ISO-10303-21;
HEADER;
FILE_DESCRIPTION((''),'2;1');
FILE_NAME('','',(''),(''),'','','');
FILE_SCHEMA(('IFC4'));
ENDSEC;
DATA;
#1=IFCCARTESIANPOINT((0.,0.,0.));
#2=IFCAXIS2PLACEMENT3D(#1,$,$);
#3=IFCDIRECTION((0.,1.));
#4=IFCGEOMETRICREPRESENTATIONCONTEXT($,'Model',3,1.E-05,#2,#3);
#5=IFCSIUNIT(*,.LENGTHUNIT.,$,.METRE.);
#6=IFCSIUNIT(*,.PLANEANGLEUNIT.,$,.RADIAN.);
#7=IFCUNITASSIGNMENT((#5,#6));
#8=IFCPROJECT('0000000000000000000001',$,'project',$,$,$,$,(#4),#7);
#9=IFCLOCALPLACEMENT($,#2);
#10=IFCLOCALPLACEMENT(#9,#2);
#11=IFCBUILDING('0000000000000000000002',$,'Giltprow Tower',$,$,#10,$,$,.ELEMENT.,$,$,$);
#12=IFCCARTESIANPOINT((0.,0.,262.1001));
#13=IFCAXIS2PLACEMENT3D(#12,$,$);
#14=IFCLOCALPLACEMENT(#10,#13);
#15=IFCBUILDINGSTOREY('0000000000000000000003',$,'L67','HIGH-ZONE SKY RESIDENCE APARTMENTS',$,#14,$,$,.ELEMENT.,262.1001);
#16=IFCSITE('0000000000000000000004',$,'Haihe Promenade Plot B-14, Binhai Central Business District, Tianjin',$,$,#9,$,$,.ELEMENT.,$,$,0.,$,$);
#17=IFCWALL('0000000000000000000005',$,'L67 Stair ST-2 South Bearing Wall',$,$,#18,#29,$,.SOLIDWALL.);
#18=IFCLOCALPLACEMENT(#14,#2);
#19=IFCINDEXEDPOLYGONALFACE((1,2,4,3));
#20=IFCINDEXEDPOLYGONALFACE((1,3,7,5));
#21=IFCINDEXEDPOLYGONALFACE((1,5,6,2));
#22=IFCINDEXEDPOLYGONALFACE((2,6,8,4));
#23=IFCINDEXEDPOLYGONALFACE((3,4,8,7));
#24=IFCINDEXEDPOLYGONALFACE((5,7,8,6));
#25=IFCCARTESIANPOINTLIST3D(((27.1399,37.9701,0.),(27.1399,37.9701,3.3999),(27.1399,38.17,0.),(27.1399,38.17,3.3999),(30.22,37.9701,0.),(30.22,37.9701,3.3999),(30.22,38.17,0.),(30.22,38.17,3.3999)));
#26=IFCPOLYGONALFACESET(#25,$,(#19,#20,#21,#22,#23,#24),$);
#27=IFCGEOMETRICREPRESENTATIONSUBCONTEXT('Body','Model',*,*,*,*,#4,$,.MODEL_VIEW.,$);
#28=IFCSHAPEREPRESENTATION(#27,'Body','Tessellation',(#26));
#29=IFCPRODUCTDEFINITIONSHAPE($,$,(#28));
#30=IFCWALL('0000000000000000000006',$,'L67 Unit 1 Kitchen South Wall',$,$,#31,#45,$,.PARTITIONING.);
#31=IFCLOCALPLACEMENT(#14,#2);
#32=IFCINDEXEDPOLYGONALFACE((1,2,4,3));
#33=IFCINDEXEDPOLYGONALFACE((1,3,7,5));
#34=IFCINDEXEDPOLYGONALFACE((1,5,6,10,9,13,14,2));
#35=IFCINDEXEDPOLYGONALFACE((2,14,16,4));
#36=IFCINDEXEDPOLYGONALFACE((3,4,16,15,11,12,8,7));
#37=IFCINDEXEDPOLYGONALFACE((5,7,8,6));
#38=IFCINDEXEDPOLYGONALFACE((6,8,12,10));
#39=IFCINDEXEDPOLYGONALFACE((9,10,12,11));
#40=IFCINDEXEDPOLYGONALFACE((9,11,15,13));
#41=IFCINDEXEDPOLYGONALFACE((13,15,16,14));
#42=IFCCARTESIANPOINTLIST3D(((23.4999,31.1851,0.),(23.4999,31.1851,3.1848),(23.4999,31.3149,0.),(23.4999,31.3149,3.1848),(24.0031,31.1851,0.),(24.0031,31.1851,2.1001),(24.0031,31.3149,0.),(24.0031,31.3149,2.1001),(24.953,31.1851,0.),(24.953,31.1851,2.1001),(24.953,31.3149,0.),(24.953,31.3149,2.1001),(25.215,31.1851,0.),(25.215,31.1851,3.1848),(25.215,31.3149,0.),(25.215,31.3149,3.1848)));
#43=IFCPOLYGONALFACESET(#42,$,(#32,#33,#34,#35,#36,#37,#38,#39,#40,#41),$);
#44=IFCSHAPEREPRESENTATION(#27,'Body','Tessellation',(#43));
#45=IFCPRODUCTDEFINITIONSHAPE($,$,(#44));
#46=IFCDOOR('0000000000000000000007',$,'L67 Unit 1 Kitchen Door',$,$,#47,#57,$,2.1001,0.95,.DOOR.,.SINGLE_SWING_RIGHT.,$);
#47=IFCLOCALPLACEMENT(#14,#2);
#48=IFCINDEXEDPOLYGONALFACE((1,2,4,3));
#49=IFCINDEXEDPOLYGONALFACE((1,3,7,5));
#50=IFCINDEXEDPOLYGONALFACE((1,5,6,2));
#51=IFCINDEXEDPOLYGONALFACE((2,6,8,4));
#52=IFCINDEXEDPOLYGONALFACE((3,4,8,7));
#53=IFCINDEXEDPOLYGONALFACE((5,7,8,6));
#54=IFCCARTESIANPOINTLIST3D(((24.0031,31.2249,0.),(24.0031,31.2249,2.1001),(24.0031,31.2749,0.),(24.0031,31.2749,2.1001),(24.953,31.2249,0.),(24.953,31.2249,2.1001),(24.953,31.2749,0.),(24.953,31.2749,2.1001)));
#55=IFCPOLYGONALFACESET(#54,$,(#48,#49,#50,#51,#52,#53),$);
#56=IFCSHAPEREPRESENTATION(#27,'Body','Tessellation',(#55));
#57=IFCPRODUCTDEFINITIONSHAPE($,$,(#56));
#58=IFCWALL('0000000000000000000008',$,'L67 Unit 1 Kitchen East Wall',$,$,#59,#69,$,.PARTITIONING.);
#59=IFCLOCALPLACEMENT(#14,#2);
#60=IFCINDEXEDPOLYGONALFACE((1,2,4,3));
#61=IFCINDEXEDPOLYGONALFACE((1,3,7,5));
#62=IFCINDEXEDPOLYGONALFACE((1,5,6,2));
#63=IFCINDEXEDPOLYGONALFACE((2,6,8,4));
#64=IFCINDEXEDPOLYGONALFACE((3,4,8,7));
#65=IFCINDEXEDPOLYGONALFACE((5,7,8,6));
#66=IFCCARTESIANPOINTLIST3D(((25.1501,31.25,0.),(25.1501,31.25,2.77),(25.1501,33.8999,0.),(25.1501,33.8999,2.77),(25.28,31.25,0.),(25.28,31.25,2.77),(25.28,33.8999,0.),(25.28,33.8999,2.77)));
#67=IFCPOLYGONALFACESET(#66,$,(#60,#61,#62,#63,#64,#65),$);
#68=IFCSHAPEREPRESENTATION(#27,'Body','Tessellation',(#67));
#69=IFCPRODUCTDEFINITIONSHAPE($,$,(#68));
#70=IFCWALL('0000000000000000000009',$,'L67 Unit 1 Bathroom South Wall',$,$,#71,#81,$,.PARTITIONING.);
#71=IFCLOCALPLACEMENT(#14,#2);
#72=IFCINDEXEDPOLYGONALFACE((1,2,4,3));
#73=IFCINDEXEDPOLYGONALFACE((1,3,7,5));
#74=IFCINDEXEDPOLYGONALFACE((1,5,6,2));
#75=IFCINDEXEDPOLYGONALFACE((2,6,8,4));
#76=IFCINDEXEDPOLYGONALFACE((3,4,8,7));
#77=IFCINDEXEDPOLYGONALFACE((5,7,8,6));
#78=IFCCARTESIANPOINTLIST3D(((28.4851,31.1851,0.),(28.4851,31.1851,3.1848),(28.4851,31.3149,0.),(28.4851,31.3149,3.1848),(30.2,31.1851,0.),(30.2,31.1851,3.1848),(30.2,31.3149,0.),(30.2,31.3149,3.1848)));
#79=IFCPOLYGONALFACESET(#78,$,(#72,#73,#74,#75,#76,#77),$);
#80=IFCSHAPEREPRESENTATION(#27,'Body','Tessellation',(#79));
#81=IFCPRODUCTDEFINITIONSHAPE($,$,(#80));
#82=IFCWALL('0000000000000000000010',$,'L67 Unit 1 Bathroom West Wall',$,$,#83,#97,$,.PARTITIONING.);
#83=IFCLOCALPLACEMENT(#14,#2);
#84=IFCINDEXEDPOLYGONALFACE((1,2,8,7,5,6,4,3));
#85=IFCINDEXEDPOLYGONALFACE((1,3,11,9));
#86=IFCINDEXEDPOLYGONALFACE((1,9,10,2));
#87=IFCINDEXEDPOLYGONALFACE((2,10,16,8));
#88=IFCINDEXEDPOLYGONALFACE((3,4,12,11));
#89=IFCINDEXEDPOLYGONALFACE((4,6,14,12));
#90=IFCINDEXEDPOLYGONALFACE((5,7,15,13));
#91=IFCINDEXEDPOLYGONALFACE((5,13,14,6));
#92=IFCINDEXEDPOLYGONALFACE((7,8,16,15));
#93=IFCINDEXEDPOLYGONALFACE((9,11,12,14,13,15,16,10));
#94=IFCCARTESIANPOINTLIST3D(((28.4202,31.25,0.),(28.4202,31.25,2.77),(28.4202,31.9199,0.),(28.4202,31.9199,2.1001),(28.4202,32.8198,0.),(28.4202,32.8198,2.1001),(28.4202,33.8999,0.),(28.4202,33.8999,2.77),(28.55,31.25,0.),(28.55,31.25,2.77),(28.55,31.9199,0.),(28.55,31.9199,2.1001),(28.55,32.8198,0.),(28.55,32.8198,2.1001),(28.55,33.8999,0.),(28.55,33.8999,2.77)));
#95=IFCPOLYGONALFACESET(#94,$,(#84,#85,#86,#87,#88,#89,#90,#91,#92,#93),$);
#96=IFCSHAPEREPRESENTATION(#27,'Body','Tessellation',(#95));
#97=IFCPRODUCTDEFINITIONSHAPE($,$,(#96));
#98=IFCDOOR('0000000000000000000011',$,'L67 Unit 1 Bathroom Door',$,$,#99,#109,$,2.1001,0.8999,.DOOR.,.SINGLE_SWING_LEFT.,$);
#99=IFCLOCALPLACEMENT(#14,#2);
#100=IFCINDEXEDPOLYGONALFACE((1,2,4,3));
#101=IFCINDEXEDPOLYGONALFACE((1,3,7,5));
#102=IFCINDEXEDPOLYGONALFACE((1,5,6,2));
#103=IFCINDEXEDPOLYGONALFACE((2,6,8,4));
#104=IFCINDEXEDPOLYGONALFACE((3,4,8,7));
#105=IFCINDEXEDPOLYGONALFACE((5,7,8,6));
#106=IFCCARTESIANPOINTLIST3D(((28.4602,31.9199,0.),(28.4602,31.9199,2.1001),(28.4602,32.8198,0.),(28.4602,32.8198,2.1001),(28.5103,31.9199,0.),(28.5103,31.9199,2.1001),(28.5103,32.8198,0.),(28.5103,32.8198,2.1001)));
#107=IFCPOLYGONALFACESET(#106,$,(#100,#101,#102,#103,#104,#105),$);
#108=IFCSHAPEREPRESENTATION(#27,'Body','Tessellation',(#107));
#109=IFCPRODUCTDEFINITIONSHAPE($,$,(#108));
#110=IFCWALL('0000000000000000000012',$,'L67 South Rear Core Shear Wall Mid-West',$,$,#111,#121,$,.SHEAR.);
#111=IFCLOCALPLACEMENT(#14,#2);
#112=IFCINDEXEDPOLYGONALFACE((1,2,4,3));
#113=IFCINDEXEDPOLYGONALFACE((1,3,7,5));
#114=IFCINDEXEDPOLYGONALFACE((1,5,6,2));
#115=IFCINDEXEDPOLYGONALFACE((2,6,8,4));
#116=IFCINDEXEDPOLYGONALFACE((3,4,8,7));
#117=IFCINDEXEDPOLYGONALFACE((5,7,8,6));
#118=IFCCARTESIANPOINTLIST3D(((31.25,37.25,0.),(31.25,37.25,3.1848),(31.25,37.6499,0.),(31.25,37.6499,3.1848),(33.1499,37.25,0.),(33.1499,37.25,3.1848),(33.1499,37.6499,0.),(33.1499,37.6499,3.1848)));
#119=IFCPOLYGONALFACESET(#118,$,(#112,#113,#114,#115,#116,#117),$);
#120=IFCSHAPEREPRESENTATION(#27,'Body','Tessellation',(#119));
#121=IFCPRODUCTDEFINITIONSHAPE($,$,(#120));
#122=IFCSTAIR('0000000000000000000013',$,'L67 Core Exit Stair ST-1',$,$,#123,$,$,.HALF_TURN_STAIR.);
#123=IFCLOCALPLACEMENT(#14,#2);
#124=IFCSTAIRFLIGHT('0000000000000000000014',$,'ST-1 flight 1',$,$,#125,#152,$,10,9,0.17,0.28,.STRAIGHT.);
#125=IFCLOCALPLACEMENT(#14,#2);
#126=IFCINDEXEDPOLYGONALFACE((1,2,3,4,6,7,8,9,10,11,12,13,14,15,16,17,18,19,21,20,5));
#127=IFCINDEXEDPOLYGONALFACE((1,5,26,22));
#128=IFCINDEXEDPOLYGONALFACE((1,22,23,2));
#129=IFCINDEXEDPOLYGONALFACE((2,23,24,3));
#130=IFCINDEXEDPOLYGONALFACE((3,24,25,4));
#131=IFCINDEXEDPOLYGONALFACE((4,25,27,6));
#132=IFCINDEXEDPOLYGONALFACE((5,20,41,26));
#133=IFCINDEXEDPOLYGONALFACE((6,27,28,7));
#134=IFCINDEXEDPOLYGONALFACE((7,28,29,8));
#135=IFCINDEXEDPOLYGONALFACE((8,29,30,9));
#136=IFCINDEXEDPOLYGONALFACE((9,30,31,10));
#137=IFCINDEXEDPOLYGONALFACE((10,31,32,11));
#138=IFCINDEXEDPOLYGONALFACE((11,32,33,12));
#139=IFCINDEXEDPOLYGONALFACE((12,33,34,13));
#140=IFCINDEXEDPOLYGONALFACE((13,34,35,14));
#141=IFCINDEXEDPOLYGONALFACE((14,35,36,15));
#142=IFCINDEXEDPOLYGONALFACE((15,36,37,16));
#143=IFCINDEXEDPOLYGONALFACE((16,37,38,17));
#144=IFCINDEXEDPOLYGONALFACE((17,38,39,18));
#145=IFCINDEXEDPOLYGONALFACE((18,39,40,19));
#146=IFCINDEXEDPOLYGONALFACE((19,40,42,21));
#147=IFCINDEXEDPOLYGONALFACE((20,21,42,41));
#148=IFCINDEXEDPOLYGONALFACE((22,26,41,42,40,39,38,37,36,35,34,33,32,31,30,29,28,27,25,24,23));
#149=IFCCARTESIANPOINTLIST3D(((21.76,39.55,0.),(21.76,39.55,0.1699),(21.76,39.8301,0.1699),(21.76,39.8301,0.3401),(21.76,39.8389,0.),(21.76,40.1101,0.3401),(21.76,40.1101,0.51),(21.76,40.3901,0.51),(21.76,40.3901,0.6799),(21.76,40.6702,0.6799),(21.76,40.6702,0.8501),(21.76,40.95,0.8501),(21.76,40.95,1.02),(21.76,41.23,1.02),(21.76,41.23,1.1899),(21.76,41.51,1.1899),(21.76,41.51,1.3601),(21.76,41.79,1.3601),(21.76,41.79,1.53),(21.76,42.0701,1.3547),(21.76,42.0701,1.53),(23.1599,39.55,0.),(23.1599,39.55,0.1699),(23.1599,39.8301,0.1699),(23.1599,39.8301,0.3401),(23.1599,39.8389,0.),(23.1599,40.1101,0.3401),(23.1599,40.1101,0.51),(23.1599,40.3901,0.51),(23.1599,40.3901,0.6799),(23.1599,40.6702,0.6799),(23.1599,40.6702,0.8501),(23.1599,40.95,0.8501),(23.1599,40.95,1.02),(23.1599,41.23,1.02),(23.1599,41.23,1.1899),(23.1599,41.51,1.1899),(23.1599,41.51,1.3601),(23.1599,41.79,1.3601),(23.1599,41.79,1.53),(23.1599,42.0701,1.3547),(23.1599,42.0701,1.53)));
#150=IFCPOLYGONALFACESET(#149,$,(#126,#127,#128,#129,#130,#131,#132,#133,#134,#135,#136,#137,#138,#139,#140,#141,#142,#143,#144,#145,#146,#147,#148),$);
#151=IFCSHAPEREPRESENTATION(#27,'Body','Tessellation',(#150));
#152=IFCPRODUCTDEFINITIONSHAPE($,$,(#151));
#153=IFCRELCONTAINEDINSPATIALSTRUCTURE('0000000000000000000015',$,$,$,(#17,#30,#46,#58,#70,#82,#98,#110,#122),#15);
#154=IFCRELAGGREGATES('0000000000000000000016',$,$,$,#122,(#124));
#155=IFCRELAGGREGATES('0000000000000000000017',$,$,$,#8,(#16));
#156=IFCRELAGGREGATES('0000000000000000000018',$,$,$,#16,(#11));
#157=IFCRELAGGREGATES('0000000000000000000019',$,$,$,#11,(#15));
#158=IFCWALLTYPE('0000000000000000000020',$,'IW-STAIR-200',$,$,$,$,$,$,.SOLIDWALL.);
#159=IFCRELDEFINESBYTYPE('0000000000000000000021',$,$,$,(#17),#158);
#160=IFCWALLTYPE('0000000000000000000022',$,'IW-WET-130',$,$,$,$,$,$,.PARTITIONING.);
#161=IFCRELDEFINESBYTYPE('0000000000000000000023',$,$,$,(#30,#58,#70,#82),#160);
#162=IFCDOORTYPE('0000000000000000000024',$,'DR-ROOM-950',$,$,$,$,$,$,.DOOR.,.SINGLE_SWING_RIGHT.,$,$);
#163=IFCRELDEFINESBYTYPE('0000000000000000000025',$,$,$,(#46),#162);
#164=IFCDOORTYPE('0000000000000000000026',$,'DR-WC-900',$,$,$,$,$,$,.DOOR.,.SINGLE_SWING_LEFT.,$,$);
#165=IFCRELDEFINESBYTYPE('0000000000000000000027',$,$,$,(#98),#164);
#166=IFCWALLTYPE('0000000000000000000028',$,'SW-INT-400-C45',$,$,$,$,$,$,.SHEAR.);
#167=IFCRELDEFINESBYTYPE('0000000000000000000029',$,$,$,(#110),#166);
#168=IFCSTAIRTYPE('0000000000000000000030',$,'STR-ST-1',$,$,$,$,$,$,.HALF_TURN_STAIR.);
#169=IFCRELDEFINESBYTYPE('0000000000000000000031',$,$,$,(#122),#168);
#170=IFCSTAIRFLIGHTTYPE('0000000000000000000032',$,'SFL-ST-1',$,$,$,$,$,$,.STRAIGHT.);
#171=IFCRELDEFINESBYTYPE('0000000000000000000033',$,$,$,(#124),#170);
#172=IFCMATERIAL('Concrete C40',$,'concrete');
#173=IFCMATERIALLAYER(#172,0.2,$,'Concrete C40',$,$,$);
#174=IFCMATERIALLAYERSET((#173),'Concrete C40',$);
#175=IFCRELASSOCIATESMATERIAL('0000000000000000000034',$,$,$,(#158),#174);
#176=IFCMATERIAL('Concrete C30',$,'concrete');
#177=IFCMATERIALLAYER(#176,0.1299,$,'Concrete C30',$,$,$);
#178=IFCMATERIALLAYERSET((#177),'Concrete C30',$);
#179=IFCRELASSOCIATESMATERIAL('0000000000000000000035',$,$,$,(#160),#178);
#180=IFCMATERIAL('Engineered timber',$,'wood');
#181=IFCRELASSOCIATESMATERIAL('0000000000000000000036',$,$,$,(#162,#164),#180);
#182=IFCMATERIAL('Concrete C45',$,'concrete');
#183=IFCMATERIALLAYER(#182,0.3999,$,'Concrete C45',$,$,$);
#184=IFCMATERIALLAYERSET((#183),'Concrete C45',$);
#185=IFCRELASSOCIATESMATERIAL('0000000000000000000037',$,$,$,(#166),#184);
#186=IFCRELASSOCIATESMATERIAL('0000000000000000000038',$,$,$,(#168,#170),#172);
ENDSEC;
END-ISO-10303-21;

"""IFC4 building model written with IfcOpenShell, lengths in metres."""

from ifc_helpers import new_model, si_unit, direction, frame, frame_2d, origin, place, context, subcontext, project, spatial, polyline, rectangle, outline, extrude, source, transform, mapped, material, layer, layer_set, type_object, element, fill, aggregate, save


model = new_model("IFC4")

# Units and contexts
model_context = context("Model", 3, precision=1e-05, world=origin(), true_north=direction((0.0, 1.0)))
body_context = subcontext(model_context, "Body", "Model", "MODEL_VIEW")
ifc_project = project(units=[si_unit("LENGTHUNIT", "METRE"), si_unit("PLANEANGLEUNIT", "RADIAN")], contexts=[model_context])

# Site, building, storey
site_placement = place(None, origin())
site = spatial("IfcSite", under=ifc_project, at=site_placement, Name="Haihe Promenade Plot B-14, Binhai Central Business District, Tianjin", CompositionType="ELEMENT", RefElevation=0.0)
building_placement = place(site_placement, origin())
building = spatial("IfcBuilding", under=site, at=building_placement, Name="Giltprow Tower", CompositionType="ELEMENT")
storey_placement = place(building_placement, frame((0.0, 0.0, 262.1001)))
storey = spatial("IfcBuildingStorey", under=building, at=storey_placement, Name="L67", Description="HIGH-ZONE SKY RESIDENCE APARTMENTS", CompositionType="ELEMENT", Elevation=262.1001)

# Shared definitions
ifc_material_1 = material(Name="Concrete C45", Category="concrete")

# Shared definitions
ifc_material_2 = material(Name="Concrete C40", Category="concrete")
ifc_layer_1 = layer(ifc_material_2, 0.2, Name="Concrete C40")
ifc_layer_set_1 = layer_set([ifc_layer_1], Name="Concrete C40")
wall_type_1 = type_object("IfcWallType", Name="IW-STAIR-200", PredefinedType="SOLIDWALL", material=ifc_layer_set_1)

# Wall
wall_1_placement = place(storey_placement, frame((27.1399, 38.0701, 0.0), z_axis=(0.0, 0.0, 1.0), x_axis=(1.0, 0.0, 0.0)))
element("IfcWall", 1, at=wall_1_placement, inside=storey, type_object=wall_type_1, Name="L67 Stair ST-2 South Bearing Wall", PredefinedType="SOLIDWALL", context=body_context, shape_type="SweptSolid", body=[
    extrude(rectangle(XDim=3.0801, YDim=0.2, at=frame_2d((1.54, 0.0))), origin(), (0.0, 0.0, 1.0), 3.3999),
])

# Wall, opening, door
ifc_material_3 = material(Name="Concrete C30", Category="concrete")
ifc_layer_2 = layer(ifc_material_3, 0.1299, Name="Concrete C30")
ifc_layer_set_2 = layer_set([ifc_layer_2], Name="Concrete C30")
wall_type_2 = type_object("IfcWallType", Name="IW-WET-130", PredefinedType="PARTITIONING", material=ifc_layer_set_2)
wall_2_placement = place(storey_placement, frame((23.5, 31.25, 0.0), z_axis=(0.0, 0.0, 1.0), x_axis=(1.0, 0.0, 0.0)))
wall_2 = element("IfcWall", 2, at=wall_2_placement, inside=storey, type_object=wall_type_2, Name="L67 Unit 1 Kitchen South Wall", PredefinedType="PARTITIONING", context=body_context, shape_type="SweptSolid", body=[
    extrude(rectangle(XDim=1.7151, YDim=0.1299, at=frame_2d((0.8574, 0.0))), origin(), (0.0, 0.0, 1.0), 3.1848),
])
opening_1_placement = place(wall_2_placement, frame((0.5029, 0.0, 0.0)))
opening_1 = element("IfcOpeningElement", 3, at=opening_1_placement, cuts=wall_2, PredefinedType="OPENING", context=body_context, shape_type="SweptSolid", body=[
    extrude(rectangle(XDim=0.95, YDim=2.1001, at=frame_2d((0.4751, 1.05))), frame((0.0, 0.075, 0.0), z_axis=(0.0, -1.0, 0.0), x_axis=(1.0, 0.0, 0.0)), (0.0, 0.0, 1.0), 0.1499),
])
ifc_material_4 = material(Name="Engineered timber", Category="wood")
door_type_1 = type_object("IfcDoorType", Name="DR-ROOM-950", OperationType="SINGLE_SWING_RIGHT", PredefinedType="DOOR", material=ifc_material_4)
shared_shape_1 = source(origin(), body_context, "Body", "SweptSolid", [
    extrude(rectangle(XDim=0.95, YDim=2.1001, at=frame_2d((0.4751, 1.05))), frame((0.0, 0.0249, 0.0), z_axis=(0.0, -1.0, 0.0), x_axis=(1.0, 0.0, 0.0)), (0.0, 0.0, 1.0), 0.05),
])
door_1_placement = place(opening_1_placement, origin())
door_1 = element("IfcDoor", 4, at=door_1_placement, inside=storey, type_object=door_type_1, Name="L67 Unit 1 Kitchen Door", OperationType="SINGLE_SWING_RIGHT", OverallHeight=2.1001, OverallWidth=0.95, PredefinedType="DOOR", context=body_context, shape_type="MappedRepresentation", body=[
    mapped(shared_shape_1, transform((0.0, 0.0, 0.0), x_axis=(1.0, 0.0, 0.0), y_axis=(0.0, 1.0, 0.0), z_axis=(0.0, 0.0, 1.0), scale=1.0)),
])
fill(opening_1, door_1)

# Walls
wall_3_placement = place(storey_placement, frame((25.2151, 31.25, 0.0), z_axis=(0.0, 0.0, 1.0), x_axis=(0.0, 1.0, 0.0)))
element("IfcWall", 5, at=wall_3_placement, inside=storey, type_object=wall_type_2, Name="L67 Unit 1 Kitchen East Wall", PredefinedType="PARTITIONING", context=body_context, shape_type="SweptSolid", body=[
    extrude(rectangle(XDim=2.6499, YDim=0.1299, at=frame_2d((1.325, 0.0))), origin(), (0.0, 0.0, 1.0), 2.77),
])
wall_4_placement = place(storey_placement, frame((28.4851, 31.25, 0.0), z_axis=(0.0, 0.0, 1.0), x_axis=(1.0, 0.0, 0.0)))
element("IfcWall", 6, at=wall_4_placement, inside=storey, type_object=wall_type_2, Name="L67 Unit 1 Bathroom South Wall", PredefinedType="PARTITIONING", context=body_context, shape_type="SweptSolid", body=[
    extrude(rectangle(XDim=1.7148, YDim=0.1299, at=frame_2d((0.8574, 0.0))), origin(), (0.0, 0.0, 1.0), 3.1848),
])

# Wall, opening, door
wall_5_placement = place(storey_placement, frame((28.4851, 31.25, 0.0), z_axis=(0.0, 0.0, 1.0), x_axis=(0.0, 1.0, 0.0)))
wall_5 = element("IfcWall", 7, at=wall_5_placement, inside=storey, type_object=wall_type_2, Name="L67 Unit 1 Bathroom West Wall", PredefinedType="PARTITIONING", context=body_context, shape_type="SweptSolid", body=[
    extrude(rectangle(XDim=2.6499, YDim=0.1299, at=frame_2d((1.325, 0.0))), origin(), (0.0, 0.0, 1.0), 2.77),
])
opening_2_placement = place(wall_5_placement, frame((0.6699, 0.0, 0.0)))
opening_2 = element("IfcOpeningElement", 8, at=opening_2_placement, cuts=wall_5, PredefinedType="OPENING", context=body_context, shape_type="SweptSolid", body=[
    extrude(rectangle(XDim=0.8999, YDim=2.1001, at=frame_2d((0.45, 1.05))), frame((0.0, 0.075, 0.0), z_axis=(0.0, -1.0, 0.0), x_axis=(1.0, 0.0, 0.0)), (0.0, 0.0, 1.0), 0.1499),
])
door_type_2 = type_object("IfcDoorType", Name="DR-WC-900", OperationType="SINGLE_SWING_LEFT", PredefinedType="DOOR", material=ifc_material_4)
shared_shape_2 = source(origin(), body_context, "Body", "SweptSolid", [
    extrude(rectangle(XDim=0.8999, YDim=2.1001, at=frame_2d((0.45, 1.05))), frame((0.0, 0.0249, 0.0), z_axis=(0.0, -1.0, 0.0), x_axis=(1.0, 0.0, 0.0)), (0.0, 0.0, 1.0), 0.05),
])
door_2_placement = place(opening_2_placement, origin())
door_2 = element("IfcDoor", 9, at=door_2_placement, inside=storey, type_object=door_type_2, Name="L67 Unit 1 Bathroom Door", OperationType="SINGLE_SWING_LEFT", OverallHeight=2.1001, OverallWidth=0.8999, PredefinedType="DOOR", context=body_context, shape_type="MappedRepresentation", body=[
    mapped(shared_shape_2, transform((0.0, 0.0, 0.0), x_axis=(1.0, 0.0, 0.0), y_axis=(0.0, 1.0, 0.0), z_axis=(0.0, 0.0, 1.0), scale=1.0)),
])
fill(opening_2, door_2)

# Wall
ifc_layer_3 = layer(ifc_material_1, 0.3999, Name="Concrete C45")
ifc_layer_set_3 = layer_set([ifc_layer_3], Name="Concrete C45")
wall_type_3 = type_object("IfcWallType", Name="SW-INT-400-C45", PredefinedType="SHEAR", material=ifc_layer_set_3)
wall_6_placement = place(storey_placement, frame((31.25, 37.45, 0.0), z_axis=(0.0, 0.0, 1.0), x_axis=(1.0, 0.0, 0.0)))
element("IfcWall", 10, at=wall_6_placement, inside=storey, type_object=wall_type_3, Name="L67 South Rear Core Shear Wall Mid-West", PredefinedType="SHEAR", context=body_context, shape_type="SweptSolid", body=[
    extrude(rectangle(XDim=1.8999, YDim=0.3999, at=frame_2d((0.95, 0.0))), origin(), (0.0, 0.0, 1.0), 3.1848),
])

# Stair, stair flight
stair_type = type_object("IfcStairType", Name="STR-ST-1", PredefinedType="HALF_TURN_STAIR", material=ifc_material_2)
stair_placement = place(storey_placement, origin())
stair = element("IfcStair", 11, at=stair_placement, inside=storey, type_object=stair_type, Name="L67 Core Exit Stair ST-1", PredefinedType="HALF_TURN_STAIR")
stair_flight_type = type_object("IfcStairFlightType", Name="SFL-ST-1", PredefinedType="STRAIGHT", material=ifc_material_2)
stair_flight_placement = place(storey_placement, frame((22.46, 39.55, 0.0), z_axis=(0.0, 0.0, 1.0), x_axis=(0.0, 1.0, 0.0)))
stair_flight = element("IfcStairFlight", 12, at=stair_flight_placement, type_object=stair_flight_type, Name="ST-1 flight 1", NumberOfRisers=10, NumberOfTreads=9, PredefinedType="STRAIGHT", RiserHeight=0.17, TreadLength=0.28, context=body_context, shape_type="SweptSolid", body=[
    extrude(outline(polyline([(0.0, 0.0), (0.0, 0.1699), (0.28, 0.1699), (0.28, 0.3401), (0.5601, 0.3401), (0.5601, 0.51), (0.8401, 0.51), (0.8401, 0.6799), (1.1201, 0.6799), (1.1201, 0.8501), (1.3999, 0.8501), (1.3999, 1.02), (1.6799, 1.02), (1.6799, 1.1899), (1.96, 1.1899), (1.96, 1.3601), (2.24, 1.3601), (2.24, 1.53), (2.52, 1.53), (2.52, 1.7), (2.52, 1.3547), (0.2888, 0.0), (0.0, 0.0)])), frame((0.0, 0.7, 0.0), z_axis=(0.0, -1.0, 0.0), x_axis=(1.0, 0.0, 0.0)), (0.0, 0.0, 1.0), 1.3999),
])
aggregate(stair, [stair_flight])

save(model, "model.ifc")
